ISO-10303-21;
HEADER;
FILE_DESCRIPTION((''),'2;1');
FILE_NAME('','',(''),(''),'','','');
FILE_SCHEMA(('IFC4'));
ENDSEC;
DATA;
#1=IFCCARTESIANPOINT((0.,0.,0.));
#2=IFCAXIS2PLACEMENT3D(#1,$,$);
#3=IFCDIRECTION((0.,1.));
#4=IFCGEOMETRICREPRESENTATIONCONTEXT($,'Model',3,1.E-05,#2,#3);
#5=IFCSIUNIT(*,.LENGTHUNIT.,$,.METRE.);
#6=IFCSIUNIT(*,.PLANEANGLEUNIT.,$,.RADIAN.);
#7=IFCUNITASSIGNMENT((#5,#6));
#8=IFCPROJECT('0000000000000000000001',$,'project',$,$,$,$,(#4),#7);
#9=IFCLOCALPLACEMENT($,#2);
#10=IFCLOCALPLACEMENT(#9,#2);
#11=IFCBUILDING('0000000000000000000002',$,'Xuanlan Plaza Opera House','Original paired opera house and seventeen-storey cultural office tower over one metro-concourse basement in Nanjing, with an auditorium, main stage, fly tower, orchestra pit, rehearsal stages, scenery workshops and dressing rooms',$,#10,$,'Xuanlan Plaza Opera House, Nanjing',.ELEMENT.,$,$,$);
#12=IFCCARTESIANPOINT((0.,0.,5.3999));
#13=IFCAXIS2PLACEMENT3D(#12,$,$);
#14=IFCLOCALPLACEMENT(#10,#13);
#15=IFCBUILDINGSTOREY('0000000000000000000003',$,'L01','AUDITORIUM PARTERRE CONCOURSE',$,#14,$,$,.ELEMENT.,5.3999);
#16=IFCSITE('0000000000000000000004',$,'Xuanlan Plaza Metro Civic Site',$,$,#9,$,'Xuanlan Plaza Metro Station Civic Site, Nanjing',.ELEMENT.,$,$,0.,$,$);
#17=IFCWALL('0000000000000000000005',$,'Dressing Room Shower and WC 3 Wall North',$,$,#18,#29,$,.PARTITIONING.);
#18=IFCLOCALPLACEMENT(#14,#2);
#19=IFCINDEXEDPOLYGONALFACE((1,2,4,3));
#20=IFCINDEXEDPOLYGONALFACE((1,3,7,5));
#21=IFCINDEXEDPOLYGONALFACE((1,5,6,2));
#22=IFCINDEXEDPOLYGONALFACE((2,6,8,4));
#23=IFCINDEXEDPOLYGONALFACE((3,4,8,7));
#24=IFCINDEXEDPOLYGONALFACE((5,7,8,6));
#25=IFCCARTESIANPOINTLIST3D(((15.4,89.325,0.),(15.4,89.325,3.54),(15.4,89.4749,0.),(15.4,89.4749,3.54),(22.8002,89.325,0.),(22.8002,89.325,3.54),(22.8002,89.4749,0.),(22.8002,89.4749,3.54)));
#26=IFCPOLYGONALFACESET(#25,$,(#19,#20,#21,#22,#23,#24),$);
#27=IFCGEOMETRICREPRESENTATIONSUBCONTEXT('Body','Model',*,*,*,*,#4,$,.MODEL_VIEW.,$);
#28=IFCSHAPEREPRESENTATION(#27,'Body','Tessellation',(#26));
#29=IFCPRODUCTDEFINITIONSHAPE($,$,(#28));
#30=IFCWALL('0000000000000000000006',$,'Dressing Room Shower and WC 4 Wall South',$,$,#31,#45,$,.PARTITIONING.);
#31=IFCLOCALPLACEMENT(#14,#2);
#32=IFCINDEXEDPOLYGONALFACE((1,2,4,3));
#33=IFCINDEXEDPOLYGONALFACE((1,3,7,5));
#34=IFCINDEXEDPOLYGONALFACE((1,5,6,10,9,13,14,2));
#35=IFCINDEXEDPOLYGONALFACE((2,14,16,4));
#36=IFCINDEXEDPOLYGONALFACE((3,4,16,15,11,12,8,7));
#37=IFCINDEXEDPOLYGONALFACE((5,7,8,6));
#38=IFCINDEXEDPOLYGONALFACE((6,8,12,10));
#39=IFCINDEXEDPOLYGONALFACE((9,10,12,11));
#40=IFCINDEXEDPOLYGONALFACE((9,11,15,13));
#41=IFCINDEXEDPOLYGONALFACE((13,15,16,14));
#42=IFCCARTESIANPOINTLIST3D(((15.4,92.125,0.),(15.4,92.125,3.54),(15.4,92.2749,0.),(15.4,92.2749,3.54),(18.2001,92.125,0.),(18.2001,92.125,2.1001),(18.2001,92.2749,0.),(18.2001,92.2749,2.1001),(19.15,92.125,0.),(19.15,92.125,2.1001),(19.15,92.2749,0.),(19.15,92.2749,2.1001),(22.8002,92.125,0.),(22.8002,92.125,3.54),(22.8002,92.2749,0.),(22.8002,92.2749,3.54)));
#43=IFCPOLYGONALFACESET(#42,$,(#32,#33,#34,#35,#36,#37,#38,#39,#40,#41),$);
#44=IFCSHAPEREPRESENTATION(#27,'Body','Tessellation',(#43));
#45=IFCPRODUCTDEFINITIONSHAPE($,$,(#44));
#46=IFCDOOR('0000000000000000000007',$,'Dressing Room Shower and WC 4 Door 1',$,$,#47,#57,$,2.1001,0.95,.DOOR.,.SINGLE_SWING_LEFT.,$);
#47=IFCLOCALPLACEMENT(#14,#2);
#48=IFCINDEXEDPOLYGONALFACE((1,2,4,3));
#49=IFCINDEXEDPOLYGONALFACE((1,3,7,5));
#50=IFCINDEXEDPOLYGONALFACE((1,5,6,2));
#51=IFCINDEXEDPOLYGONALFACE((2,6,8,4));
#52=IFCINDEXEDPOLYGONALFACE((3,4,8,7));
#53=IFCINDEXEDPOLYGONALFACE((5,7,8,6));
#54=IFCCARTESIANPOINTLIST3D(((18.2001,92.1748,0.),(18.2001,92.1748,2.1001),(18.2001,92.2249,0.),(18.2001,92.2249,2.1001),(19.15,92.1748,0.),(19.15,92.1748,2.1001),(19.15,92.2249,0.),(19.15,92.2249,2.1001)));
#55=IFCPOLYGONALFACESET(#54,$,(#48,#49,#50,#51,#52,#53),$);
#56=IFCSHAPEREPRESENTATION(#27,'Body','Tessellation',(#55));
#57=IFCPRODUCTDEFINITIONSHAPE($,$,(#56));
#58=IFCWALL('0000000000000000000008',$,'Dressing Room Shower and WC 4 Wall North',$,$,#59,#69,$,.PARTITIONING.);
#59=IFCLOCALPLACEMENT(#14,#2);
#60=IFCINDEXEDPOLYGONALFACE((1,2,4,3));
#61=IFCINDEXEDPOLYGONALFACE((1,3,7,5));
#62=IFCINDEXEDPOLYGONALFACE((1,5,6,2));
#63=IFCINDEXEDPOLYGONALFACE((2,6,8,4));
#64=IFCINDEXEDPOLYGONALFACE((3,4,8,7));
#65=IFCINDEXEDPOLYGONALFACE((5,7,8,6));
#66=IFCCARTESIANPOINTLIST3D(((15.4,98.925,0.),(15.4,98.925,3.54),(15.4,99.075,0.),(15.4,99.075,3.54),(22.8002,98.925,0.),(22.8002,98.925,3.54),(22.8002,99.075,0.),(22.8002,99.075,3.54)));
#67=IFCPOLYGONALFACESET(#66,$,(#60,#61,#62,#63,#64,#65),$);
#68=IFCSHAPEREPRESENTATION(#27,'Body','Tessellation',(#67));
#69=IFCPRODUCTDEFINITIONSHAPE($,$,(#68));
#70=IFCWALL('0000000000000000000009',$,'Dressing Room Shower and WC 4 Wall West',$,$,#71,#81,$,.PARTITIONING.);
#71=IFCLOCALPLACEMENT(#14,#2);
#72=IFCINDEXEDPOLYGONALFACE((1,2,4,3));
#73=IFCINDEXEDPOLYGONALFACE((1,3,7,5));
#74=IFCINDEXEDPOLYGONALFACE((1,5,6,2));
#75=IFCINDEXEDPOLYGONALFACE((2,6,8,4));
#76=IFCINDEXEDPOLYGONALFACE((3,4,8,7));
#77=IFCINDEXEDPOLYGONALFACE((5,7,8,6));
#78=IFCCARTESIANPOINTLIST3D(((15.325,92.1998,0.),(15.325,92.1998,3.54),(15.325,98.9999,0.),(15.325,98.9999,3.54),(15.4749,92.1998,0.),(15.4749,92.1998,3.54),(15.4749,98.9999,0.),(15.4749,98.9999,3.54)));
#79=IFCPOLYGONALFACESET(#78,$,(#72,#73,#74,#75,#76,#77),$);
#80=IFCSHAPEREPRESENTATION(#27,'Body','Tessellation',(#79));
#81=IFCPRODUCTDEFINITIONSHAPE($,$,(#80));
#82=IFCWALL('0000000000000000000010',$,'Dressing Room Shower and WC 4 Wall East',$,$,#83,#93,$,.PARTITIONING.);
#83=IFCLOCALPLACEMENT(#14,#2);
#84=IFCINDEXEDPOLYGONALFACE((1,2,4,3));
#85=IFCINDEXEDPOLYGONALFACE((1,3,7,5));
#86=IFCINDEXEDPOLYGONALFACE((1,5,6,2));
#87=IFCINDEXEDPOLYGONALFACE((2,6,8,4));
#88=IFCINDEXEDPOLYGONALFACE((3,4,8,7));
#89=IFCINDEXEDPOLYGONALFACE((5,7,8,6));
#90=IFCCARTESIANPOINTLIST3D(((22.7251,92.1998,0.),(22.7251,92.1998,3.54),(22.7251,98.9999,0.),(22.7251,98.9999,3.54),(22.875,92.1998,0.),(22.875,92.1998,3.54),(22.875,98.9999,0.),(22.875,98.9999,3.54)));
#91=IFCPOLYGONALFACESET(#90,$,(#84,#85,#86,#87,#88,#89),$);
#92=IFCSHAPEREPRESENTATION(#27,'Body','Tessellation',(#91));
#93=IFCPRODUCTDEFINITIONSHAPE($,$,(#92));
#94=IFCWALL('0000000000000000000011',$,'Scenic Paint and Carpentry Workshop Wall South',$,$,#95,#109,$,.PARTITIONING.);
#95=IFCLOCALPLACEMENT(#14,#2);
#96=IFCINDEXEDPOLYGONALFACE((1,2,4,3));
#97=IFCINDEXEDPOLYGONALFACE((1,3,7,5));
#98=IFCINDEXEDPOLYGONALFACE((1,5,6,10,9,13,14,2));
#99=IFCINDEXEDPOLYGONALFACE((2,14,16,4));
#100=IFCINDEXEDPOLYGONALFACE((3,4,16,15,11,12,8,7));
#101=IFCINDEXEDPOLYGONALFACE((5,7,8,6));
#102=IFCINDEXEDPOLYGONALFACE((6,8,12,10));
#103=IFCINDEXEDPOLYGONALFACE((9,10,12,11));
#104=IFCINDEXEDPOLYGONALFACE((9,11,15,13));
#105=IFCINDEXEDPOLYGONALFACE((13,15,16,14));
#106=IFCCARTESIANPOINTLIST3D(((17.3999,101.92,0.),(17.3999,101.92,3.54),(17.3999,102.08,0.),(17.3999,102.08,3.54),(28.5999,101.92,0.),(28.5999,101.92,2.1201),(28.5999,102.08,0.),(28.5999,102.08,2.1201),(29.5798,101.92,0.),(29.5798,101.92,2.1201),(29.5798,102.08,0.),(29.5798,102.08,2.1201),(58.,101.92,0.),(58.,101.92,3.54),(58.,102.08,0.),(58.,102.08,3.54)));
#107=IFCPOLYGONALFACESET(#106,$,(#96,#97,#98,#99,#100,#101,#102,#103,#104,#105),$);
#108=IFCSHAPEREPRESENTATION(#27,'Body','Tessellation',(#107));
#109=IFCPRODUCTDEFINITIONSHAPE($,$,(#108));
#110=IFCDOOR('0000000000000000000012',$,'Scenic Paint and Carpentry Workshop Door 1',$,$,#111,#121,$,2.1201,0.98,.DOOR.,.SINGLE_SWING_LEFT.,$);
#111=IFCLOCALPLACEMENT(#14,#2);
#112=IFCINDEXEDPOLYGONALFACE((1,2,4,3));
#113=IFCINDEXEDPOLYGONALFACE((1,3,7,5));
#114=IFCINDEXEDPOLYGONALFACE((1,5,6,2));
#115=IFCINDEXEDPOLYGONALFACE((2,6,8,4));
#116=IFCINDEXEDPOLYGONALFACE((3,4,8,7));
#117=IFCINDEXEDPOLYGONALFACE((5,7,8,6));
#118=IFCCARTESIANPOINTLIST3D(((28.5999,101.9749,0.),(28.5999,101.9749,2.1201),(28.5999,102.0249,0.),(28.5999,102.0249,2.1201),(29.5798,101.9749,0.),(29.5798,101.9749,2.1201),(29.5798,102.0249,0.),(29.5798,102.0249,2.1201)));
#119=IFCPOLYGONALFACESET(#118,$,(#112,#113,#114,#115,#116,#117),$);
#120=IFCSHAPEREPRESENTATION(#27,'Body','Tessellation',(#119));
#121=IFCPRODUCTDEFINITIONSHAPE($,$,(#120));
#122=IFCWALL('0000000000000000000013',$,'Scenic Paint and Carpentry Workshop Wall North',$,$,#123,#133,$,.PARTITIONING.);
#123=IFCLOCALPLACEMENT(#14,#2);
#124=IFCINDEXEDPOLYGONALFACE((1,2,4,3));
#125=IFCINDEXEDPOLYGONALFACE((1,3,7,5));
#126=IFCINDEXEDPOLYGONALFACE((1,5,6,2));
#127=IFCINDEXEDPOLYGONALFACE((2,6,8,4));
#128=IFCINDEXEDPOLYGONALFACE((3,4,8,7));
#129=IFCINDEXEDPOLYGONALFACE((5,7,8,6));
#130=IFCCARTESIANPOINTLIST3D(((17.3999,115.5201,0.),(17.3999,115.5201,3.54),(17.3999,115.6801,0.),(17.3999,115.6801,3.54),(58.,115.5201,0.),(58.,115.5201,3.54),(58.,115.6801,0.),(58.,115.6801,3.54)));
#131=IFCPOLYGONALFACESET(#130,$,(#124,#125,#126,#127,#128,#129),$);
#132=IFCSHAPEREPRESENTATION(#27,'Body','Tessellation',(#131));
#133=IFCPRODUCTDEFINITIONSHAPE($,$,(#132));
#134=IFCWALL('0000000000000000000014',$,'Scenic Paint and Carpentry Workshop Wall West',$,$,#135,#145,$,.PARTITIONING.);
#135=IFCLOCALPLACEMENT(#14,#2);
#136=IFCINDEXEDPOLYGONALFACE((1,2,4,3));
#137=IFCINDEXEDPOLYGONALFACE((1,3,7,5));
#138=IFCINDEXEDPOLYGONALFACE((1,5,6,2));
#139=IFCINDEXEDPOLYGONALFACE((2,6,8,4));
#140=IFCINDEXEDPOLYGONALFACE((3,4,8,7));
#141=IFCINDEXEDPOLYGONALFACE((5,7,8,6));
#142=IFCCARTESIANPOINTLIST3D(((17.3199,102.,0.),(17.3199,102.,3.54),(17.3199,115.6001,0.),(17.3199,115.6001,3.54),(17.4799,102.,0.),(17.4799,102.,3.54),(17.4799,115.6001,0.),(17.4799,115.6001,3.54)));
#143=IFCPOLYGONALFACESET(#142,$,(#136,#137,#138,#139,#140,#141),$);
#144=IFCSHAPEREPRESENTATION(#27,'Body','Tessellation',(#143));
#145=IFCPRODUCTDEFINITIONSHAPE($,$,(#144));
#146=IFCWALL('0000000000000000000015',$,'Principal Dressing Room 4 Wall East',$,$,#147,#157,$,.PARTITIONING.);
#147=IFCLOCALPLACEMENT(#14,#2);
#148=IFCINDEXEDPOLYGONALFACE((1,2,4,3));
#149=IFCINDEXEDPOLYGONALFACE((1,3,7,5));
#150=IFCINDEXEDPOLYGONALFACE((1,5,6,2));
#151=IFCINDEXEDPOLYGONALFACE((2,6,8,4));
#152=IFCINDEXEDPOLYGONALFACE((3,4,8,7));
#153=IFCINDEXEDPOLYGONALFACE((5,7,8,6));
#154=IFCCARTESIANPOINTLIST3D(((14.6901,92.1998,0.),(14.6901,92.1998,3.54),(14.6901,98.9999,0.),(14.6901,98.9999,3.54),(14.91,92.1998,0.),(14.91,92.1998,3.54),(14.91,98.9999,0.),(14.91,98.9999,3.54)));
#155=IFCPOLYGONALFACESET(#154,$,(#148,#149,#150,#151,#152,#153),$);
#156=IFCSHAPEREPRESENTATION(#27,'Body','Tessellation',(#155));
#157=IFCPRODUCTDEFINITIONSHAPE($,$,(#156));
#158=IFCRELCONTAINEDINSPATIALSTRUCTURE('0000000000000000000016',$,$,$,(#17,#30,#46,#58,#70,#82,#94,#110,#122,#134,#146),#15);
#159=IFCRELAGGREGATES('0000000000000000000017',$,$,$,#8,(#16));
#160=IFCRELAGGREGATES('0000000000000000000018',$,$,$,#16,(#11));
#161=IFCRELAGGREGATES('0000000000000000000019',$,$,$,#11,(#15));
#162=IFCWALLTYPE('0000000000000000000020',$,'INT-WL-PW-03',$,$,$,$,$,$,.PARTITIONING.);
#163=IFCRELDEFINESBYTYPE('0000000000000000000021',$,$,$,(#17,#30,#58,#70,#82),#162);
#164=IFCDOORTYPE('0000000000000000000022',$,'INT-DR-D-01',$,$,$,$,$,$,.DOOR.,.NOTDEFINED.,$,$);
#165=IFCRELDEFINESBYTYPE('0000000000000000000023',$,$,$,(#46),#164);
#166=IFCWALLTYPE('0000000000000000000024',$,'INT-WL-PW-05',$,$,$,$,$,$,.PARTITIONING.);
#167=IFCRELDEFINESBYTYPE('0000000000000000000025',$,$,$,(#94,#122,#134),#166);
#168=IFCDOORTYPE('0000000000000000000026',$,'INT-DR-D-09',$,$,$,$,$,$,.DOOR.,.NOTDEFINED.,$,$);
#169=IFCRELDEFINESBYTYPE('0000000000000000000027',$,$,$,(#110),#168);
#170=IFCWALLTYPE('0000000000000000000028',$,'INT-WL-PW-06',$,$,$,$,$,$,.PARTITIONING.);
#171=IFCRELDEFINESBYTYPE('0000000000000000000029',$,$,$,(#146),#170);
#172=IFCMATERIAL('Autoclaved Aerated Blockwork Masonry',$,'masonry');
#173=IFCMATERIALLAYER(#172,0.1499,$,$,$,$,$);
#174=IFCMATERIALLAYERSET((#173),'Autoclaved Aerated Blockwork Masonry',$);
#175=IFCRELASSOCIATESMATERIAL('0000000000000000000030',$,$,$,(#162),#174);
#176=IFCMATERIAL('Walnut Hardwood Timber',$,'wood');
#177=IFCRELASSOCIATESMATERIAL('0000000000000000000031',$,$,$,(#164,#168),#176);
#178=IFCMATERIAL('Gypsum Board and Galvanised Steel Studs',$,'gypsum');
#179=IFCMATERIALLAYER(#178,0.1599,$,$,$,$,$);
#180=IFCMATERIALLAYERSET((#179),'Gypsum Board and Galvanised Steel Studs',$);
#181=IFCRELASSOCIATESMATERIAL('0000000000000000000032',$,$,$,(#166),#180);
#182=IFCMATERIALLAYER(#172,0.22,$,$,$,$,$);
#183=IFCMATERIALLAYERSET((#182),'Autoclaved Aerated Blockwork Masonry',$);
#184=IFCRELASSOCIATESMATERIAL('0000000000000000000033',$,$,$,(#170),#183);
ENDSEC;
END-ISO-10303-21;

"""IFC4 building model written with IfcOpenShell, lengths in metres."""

from ifc_helpers import new_model, si_unit, direction, frame, frame_2d, origin, place, context, subcontext, project, spatial, rectangle, extrude, material, layer, layer_set, type_object, element, fill, save


model = new_model("IFC4")

# Units and contexts
model_context = context("Model", 3, precision=1e-05, world=origin(), true_north=direction((0.0, 1.0)))
body_context = subcontext(model_context, "Body", "Model", "MODEL_VIEW")
ifc_project = project(units=[si_unit("LENGTHUNIT", "METRE"), si_unit("PLANEANGLEUNIT", "RADIAN")], contexts=[model_context])

# Site, building, storey
site_placement = place(None, origin())
site = spatial("IfcSite", under=ifc_project, at=site_placement, Name="Xuanlan Plaza Metro Civic Site", LongName="Xuanlan Plaza Metro Station Civic Site, Nanjing", CompositionType="ELEMENT", RefElevation=0.0)
building_placement = place(site_placement, origin())
building = spatial("IfcBuilding", under=site, at=building_placement, Name="Xuanlan Plaza Opera House", Description="Original paired opera house and seventeen-storey cultural office tower over one metro-concourse basement in Nanjing, with an auditorium, main stage, fly tower, orchestra pit, rehearsal stages, scenery workshops and dressing rooms", LongName="Xuanlan Plaza Opera House, Nanjing", CompositionType="ELEMENT")
storey_placement = place(building_placement, frame((0.0, 0.0, 5.3999)))
storey = spatial("IfcBuildingStorey", under=building, at=storey_placement, Name="L01", Description="AUDITORIUM PARTERRE CONCOURSE", CompositionType="ELEMENT", Elevation=5.3999)

# Wall
ifc_material_1 = material(Name="Autoclaved Aerated Blockwork Masonry", Category="masonry")
ifc_layer_1 = layer(ifc_material_1, 0.1499)
ifc_layer_set_1 = layer_set([ifc_layer_1], Name="Autoclaved Aerated Blockwork Masonry")
wall_type_1 = type_object("IfcWallType", Name="INT-WL-PW-03", PredefinedType="PARTITIONING", material=ifc_layer_set_1)
wall_1_placement = place(storey_placement, frame((15.3999, 89.3999, 0.0), z_axis=(0.0, 0.0, 1.0), x_axis=(1.0, 0.0, 0.0)))
element("IfcWall", 1, at=wall_1_placement, inside=storey, type_object=wall_type_1, Name="Dressing Room Shower and WC 3 Wall North", PredefinedType="PARTITIONING", context=body_context, shape_type="SweptSolid", body=[
    extrude(rectangle(XDim=7.4001, YDim=0.1499, at=frame_2d((3.7002, 0.0))), origin(), (0.0, 0.0, 1.0), 3.54),
])

# Wall, opening, door
wall_2_placement = place(storey_placement, frame((15.3999, 92.2, 0.0), z_axis=(0.0, 0.0, 1.0), x_axis=(1.0, 0.0, 0.0)))
wall_2 = element("IfcWall", 2, at=wall_2_placement, inside=storey, type_object=wall_type_1, Name="Dressing Room Shower and WC 4 Wall South", PredefinedType="PARTITIONING", context=body_context, shape_type="SweptSolid", body=[
    extrude(rectangle(XDim=7.4001, YDim=0.1499, at=frame_2d((3.7002, 0.0))), origin(), (0.0, 0.0, 1.0), 3.54),
])
opening_1_placement = place(wall_2_placement, frame((2.8, 0.0, 0.0)))
opening_1 = element("IfcOpeningElement", 3, at=opening_1_placement, cuts=wall_2, PredefinedType="OPENING", context=body_context, shape_type="SweptSolid", body=[
    extrude(rectangle(XDim=0.95, YDim=2.1001, at=frame_2d((0.4751, 1.05))), frame((0.0, 0.085, 0.0), z_axis=(0.0, -1.0, 0.0), x_axis=(1.0, 0.0, 0.0)), (0.0, 0.0, 1.0), 0.1699),
])
ifc_material_2 = material(Name="Walnut Hardwood Timber", Category="wood")
door_type_1 = type_object("IfcDoorType", Name="INT-DR-D-01", OperationType="NOTDEFINED", PredefinedType="DOOR", material=ifc_material_2)
door_1_placement = place(opening_1_placement, origin())
door_1 = element("IfcDoor", 4, at=door_1_placement, inside=storey, type_object=door_type_1, Name="Dressing Room Shower and WC 4 Door 1", OperationType="SINGLE_SWING_LEFT", OverallHeight=2.1001, OverallWidth=0.95, PredefinedType="DOOR", context=body_context, shape_type="SweptSolid", body=[
    extrude(rectangle(XDim=0.95, YDim=2.1001, at=frame_2d((0.4751, 1.05))), frame((0.0, 0.0249, 0.0), z_axis=(0.0, -1.0, 0.0), x_axis=(1.0, 0.0, 0.0)), (0.0, 0.0, 1.0), 0.05),
])
fill(opening_1, door_1)

# Walls
wall_3_placement = place(storey_placement, frame((15.3999, 99.0, 0.0), z_axis=(0.0, 0.0, 1.0), x_axis=(1.0, 0.0, 0.0)))
element("IfcWall", 5, at=wall_3_placement, inside=storey, type_object=wall_type_1, Name="Dressing Room Shower and WC 4 Wall North", PredefinedType="PARTITIONING", context=body_context, shape_type="SweptSolid", body=[
    extrude(rectangle(XDim=7.4001, YDim=0.1499, at=frame_2d((3.7002, 0.0))), origin(), (0.0, 0.0, 1.0), 3.54),
])
for number, where, z_axis, x_axis, name in (
    (6, (15.3999, 92.2, 0.0), (0.0, 0.0, 1.0), (0.0, 1.0, 0.0), "Dressing Room Shower and WC 4 Wall West"),
    (7, (22.8, 92.2, 0.0), (0.0, 0.0, 1.0), (0.0, 1.0, 0.0), "Dressing Room Shower and WC 4 Wall East"),
):
    element("IfcWall", number, at=place(storey_placement, frame(where, z_axis=z_axis, x_axis=x_axis)), inside=storey, type_object=wall_type_1, Name=name, PredefinedType="PARTITIONING", context=body_context, shape_type="SweptSolid", body=[
        extrude(rectangle(XDim=6.8, YDim=0.1499, at=frame_2d((3.3999, 0.0))), origin(), (0.0, 0.0, 1.0), 3.54),
    ])

# Wall, opening, door
ifc_material_3 = material(Name="Gypsum Board and Galvanised Steel Studs", Category="gypsum")
ifc_layer_2 = layer(ifc_material_3, 0.1599)
ifc_layer_set_2 = layer_set([ifc_layer_2], Name="Gypsum Board and Galvanised Steel Studs")
wall_type_2 = type_object("IfcWallType", Name="INT-WL-PW-05", PredefinedType="PARTITIONING", material=ifc_layer_set_2)
wall_4_placement = place(storey_placement, frame((17.3999, 102.0, 0.0), z_axis=(0.0, 0.0, 1.0), x_axis=(1.0, 0.0, 0.0)))
wall_4 = element("IfcWall", 8, at=wall_4_placement, inside=storey, type_object=wall_type_2, Name="Scenic Paint and Carpentry Workshop Wall South", PredefinedType="PARTITIONING", context=body_context, shape_type="SweptSolid", body=[
    extrude(rectangle(XDim=40.6001, YDim=0.1599, at=frame_2d((20.3, 0.0))), origin(), (0.0, 0.0, 1.0), 3.54),
])
opening_2_placement = place(wall_4_placement, frame((11.2, 0.0, 0.0)))
opening_2 = element("IfcOpeningElement", 9, at=opening_2_placement, cuts=wall_4, PredefinedType="OPENING", context=body_context, shape_type="SweptSolid", body=[
    extrude(rectangle(XDim=0.98, YDim=2.1201, at=frame_2d((0.49, 1.0601))), frame((0.0, 0.0898, 0.0), z_axis=(0.0, -1.0, 0.0), x_axis=(1.0, 0.0, 0.0)), (0.0, 0.0, 1.0), 0.1799),
])
door_type_2 = type_object("IfcDoorType", Name="INT-DR-D-09", OperationType="NOTDEFINED", PredefinedType="DOOR", material=ifc_material_2)
door_2_placement = place(opening_2_placement, origin())
door_2 = element("IfcDoor", 10, at=door_2_placement, inside=storey, type_object=door_type_2, Name="Scenic Paint and Carpentry Workshop Door 1", OperationType="SINGLE_SWING_LEFT", OverallHeight=2.1201, OverallWidth=0.98, PredefinedType="DOOR", context=body_context, shape_type="SweptSolid", body=[
    extrude(rectangle(XDim=0.98, YDim=2.1201, at=frame_2d((0.49, 1.0601))), frame((0.0, 0.0249, 0.0), z_axis=(0.0, -1.0, 0.0), x_axis=(1.0, 0.0, 0.0)), (0.0, 0.0, 1.0), 0.05),
])
fill(opening_2, door_2)

# Walls
wall_5_placement = place(storey_placement, frame((17.3999, 115.6001, 0.0), z_axis=(0.0, 0.0, 1.0), x_axis=(1.0, 0.0, 0.0)))
element("IfcWall", 11, at=wall_5_placement, inside=storey, type_object=wall_type_2, Name="Scenic Paint and Carpentry Workshop Wall North", PredefinedType="PARTITIONING", context=body_context, shape_type="SweptSolid", body=[
    extrude(rectangle(XDim=40.6001, YDim=0.1599, at=frame_2d((20.3, 0.0))), origin(), (0.0, 0.0, 1.0), 3.54),
])
wall_6_placement = place(storey_placement, frame((17.3999, 102.0, 0.0), z_axis=(0.0, 0.0, 1.0), x_axis=(0.0, 1.0, 0.0)))
element("IfcWall", 12, at=wall_6_placement, inside=storey, type_object=wall_type_2, Name="Scenic Paint and Carpentry Workshop Wall West", PredefinedType="PARTITIONING", context=body_context, shape_type="SweptSolid", body=[
    extrude(rectangle(XDim=13.6001, YDim=0.1599, at=frame_2d((6.8, 0.0))), origin(), (0.0, 0.0, 1.0), 3.54),
])
ifc_layer_3 = layer(ifc_material_1, 0.22)
ifc_layer_set_3 = layer_set([ifc_layer_3], Name="Autoclaved Aerated Blockwork Masonry")
wall_type_3 = type_object("IfcWallType", Name="INT-WL-PW-06", PredefinedType="PARTITIONING", material=ifc_layer_set_3)
wall_7_placement = place(storey_placement, frame((14.8, 92.2, 0.0), z_axis=(0.0, 0.0, 1.0), x_axis=(0.0, 1.0, 0.0)))
element("IfcWall", 13, at=wall_7_placement, inside=storey, type_object=wall_type_3, Name="Principal Dressing Room 4 Wall East", PredefinedType="PARTITIONING", context=body_context, shape_type="SweptSolid", body=[
    extrude(rectangle(XDim=6.8, YDim=0.22, at=frame_2d((3.3999, 0.0))), origin(), (0.0, 0.0, 1.0), 3.54),
])

save(model, "model.ifc")
